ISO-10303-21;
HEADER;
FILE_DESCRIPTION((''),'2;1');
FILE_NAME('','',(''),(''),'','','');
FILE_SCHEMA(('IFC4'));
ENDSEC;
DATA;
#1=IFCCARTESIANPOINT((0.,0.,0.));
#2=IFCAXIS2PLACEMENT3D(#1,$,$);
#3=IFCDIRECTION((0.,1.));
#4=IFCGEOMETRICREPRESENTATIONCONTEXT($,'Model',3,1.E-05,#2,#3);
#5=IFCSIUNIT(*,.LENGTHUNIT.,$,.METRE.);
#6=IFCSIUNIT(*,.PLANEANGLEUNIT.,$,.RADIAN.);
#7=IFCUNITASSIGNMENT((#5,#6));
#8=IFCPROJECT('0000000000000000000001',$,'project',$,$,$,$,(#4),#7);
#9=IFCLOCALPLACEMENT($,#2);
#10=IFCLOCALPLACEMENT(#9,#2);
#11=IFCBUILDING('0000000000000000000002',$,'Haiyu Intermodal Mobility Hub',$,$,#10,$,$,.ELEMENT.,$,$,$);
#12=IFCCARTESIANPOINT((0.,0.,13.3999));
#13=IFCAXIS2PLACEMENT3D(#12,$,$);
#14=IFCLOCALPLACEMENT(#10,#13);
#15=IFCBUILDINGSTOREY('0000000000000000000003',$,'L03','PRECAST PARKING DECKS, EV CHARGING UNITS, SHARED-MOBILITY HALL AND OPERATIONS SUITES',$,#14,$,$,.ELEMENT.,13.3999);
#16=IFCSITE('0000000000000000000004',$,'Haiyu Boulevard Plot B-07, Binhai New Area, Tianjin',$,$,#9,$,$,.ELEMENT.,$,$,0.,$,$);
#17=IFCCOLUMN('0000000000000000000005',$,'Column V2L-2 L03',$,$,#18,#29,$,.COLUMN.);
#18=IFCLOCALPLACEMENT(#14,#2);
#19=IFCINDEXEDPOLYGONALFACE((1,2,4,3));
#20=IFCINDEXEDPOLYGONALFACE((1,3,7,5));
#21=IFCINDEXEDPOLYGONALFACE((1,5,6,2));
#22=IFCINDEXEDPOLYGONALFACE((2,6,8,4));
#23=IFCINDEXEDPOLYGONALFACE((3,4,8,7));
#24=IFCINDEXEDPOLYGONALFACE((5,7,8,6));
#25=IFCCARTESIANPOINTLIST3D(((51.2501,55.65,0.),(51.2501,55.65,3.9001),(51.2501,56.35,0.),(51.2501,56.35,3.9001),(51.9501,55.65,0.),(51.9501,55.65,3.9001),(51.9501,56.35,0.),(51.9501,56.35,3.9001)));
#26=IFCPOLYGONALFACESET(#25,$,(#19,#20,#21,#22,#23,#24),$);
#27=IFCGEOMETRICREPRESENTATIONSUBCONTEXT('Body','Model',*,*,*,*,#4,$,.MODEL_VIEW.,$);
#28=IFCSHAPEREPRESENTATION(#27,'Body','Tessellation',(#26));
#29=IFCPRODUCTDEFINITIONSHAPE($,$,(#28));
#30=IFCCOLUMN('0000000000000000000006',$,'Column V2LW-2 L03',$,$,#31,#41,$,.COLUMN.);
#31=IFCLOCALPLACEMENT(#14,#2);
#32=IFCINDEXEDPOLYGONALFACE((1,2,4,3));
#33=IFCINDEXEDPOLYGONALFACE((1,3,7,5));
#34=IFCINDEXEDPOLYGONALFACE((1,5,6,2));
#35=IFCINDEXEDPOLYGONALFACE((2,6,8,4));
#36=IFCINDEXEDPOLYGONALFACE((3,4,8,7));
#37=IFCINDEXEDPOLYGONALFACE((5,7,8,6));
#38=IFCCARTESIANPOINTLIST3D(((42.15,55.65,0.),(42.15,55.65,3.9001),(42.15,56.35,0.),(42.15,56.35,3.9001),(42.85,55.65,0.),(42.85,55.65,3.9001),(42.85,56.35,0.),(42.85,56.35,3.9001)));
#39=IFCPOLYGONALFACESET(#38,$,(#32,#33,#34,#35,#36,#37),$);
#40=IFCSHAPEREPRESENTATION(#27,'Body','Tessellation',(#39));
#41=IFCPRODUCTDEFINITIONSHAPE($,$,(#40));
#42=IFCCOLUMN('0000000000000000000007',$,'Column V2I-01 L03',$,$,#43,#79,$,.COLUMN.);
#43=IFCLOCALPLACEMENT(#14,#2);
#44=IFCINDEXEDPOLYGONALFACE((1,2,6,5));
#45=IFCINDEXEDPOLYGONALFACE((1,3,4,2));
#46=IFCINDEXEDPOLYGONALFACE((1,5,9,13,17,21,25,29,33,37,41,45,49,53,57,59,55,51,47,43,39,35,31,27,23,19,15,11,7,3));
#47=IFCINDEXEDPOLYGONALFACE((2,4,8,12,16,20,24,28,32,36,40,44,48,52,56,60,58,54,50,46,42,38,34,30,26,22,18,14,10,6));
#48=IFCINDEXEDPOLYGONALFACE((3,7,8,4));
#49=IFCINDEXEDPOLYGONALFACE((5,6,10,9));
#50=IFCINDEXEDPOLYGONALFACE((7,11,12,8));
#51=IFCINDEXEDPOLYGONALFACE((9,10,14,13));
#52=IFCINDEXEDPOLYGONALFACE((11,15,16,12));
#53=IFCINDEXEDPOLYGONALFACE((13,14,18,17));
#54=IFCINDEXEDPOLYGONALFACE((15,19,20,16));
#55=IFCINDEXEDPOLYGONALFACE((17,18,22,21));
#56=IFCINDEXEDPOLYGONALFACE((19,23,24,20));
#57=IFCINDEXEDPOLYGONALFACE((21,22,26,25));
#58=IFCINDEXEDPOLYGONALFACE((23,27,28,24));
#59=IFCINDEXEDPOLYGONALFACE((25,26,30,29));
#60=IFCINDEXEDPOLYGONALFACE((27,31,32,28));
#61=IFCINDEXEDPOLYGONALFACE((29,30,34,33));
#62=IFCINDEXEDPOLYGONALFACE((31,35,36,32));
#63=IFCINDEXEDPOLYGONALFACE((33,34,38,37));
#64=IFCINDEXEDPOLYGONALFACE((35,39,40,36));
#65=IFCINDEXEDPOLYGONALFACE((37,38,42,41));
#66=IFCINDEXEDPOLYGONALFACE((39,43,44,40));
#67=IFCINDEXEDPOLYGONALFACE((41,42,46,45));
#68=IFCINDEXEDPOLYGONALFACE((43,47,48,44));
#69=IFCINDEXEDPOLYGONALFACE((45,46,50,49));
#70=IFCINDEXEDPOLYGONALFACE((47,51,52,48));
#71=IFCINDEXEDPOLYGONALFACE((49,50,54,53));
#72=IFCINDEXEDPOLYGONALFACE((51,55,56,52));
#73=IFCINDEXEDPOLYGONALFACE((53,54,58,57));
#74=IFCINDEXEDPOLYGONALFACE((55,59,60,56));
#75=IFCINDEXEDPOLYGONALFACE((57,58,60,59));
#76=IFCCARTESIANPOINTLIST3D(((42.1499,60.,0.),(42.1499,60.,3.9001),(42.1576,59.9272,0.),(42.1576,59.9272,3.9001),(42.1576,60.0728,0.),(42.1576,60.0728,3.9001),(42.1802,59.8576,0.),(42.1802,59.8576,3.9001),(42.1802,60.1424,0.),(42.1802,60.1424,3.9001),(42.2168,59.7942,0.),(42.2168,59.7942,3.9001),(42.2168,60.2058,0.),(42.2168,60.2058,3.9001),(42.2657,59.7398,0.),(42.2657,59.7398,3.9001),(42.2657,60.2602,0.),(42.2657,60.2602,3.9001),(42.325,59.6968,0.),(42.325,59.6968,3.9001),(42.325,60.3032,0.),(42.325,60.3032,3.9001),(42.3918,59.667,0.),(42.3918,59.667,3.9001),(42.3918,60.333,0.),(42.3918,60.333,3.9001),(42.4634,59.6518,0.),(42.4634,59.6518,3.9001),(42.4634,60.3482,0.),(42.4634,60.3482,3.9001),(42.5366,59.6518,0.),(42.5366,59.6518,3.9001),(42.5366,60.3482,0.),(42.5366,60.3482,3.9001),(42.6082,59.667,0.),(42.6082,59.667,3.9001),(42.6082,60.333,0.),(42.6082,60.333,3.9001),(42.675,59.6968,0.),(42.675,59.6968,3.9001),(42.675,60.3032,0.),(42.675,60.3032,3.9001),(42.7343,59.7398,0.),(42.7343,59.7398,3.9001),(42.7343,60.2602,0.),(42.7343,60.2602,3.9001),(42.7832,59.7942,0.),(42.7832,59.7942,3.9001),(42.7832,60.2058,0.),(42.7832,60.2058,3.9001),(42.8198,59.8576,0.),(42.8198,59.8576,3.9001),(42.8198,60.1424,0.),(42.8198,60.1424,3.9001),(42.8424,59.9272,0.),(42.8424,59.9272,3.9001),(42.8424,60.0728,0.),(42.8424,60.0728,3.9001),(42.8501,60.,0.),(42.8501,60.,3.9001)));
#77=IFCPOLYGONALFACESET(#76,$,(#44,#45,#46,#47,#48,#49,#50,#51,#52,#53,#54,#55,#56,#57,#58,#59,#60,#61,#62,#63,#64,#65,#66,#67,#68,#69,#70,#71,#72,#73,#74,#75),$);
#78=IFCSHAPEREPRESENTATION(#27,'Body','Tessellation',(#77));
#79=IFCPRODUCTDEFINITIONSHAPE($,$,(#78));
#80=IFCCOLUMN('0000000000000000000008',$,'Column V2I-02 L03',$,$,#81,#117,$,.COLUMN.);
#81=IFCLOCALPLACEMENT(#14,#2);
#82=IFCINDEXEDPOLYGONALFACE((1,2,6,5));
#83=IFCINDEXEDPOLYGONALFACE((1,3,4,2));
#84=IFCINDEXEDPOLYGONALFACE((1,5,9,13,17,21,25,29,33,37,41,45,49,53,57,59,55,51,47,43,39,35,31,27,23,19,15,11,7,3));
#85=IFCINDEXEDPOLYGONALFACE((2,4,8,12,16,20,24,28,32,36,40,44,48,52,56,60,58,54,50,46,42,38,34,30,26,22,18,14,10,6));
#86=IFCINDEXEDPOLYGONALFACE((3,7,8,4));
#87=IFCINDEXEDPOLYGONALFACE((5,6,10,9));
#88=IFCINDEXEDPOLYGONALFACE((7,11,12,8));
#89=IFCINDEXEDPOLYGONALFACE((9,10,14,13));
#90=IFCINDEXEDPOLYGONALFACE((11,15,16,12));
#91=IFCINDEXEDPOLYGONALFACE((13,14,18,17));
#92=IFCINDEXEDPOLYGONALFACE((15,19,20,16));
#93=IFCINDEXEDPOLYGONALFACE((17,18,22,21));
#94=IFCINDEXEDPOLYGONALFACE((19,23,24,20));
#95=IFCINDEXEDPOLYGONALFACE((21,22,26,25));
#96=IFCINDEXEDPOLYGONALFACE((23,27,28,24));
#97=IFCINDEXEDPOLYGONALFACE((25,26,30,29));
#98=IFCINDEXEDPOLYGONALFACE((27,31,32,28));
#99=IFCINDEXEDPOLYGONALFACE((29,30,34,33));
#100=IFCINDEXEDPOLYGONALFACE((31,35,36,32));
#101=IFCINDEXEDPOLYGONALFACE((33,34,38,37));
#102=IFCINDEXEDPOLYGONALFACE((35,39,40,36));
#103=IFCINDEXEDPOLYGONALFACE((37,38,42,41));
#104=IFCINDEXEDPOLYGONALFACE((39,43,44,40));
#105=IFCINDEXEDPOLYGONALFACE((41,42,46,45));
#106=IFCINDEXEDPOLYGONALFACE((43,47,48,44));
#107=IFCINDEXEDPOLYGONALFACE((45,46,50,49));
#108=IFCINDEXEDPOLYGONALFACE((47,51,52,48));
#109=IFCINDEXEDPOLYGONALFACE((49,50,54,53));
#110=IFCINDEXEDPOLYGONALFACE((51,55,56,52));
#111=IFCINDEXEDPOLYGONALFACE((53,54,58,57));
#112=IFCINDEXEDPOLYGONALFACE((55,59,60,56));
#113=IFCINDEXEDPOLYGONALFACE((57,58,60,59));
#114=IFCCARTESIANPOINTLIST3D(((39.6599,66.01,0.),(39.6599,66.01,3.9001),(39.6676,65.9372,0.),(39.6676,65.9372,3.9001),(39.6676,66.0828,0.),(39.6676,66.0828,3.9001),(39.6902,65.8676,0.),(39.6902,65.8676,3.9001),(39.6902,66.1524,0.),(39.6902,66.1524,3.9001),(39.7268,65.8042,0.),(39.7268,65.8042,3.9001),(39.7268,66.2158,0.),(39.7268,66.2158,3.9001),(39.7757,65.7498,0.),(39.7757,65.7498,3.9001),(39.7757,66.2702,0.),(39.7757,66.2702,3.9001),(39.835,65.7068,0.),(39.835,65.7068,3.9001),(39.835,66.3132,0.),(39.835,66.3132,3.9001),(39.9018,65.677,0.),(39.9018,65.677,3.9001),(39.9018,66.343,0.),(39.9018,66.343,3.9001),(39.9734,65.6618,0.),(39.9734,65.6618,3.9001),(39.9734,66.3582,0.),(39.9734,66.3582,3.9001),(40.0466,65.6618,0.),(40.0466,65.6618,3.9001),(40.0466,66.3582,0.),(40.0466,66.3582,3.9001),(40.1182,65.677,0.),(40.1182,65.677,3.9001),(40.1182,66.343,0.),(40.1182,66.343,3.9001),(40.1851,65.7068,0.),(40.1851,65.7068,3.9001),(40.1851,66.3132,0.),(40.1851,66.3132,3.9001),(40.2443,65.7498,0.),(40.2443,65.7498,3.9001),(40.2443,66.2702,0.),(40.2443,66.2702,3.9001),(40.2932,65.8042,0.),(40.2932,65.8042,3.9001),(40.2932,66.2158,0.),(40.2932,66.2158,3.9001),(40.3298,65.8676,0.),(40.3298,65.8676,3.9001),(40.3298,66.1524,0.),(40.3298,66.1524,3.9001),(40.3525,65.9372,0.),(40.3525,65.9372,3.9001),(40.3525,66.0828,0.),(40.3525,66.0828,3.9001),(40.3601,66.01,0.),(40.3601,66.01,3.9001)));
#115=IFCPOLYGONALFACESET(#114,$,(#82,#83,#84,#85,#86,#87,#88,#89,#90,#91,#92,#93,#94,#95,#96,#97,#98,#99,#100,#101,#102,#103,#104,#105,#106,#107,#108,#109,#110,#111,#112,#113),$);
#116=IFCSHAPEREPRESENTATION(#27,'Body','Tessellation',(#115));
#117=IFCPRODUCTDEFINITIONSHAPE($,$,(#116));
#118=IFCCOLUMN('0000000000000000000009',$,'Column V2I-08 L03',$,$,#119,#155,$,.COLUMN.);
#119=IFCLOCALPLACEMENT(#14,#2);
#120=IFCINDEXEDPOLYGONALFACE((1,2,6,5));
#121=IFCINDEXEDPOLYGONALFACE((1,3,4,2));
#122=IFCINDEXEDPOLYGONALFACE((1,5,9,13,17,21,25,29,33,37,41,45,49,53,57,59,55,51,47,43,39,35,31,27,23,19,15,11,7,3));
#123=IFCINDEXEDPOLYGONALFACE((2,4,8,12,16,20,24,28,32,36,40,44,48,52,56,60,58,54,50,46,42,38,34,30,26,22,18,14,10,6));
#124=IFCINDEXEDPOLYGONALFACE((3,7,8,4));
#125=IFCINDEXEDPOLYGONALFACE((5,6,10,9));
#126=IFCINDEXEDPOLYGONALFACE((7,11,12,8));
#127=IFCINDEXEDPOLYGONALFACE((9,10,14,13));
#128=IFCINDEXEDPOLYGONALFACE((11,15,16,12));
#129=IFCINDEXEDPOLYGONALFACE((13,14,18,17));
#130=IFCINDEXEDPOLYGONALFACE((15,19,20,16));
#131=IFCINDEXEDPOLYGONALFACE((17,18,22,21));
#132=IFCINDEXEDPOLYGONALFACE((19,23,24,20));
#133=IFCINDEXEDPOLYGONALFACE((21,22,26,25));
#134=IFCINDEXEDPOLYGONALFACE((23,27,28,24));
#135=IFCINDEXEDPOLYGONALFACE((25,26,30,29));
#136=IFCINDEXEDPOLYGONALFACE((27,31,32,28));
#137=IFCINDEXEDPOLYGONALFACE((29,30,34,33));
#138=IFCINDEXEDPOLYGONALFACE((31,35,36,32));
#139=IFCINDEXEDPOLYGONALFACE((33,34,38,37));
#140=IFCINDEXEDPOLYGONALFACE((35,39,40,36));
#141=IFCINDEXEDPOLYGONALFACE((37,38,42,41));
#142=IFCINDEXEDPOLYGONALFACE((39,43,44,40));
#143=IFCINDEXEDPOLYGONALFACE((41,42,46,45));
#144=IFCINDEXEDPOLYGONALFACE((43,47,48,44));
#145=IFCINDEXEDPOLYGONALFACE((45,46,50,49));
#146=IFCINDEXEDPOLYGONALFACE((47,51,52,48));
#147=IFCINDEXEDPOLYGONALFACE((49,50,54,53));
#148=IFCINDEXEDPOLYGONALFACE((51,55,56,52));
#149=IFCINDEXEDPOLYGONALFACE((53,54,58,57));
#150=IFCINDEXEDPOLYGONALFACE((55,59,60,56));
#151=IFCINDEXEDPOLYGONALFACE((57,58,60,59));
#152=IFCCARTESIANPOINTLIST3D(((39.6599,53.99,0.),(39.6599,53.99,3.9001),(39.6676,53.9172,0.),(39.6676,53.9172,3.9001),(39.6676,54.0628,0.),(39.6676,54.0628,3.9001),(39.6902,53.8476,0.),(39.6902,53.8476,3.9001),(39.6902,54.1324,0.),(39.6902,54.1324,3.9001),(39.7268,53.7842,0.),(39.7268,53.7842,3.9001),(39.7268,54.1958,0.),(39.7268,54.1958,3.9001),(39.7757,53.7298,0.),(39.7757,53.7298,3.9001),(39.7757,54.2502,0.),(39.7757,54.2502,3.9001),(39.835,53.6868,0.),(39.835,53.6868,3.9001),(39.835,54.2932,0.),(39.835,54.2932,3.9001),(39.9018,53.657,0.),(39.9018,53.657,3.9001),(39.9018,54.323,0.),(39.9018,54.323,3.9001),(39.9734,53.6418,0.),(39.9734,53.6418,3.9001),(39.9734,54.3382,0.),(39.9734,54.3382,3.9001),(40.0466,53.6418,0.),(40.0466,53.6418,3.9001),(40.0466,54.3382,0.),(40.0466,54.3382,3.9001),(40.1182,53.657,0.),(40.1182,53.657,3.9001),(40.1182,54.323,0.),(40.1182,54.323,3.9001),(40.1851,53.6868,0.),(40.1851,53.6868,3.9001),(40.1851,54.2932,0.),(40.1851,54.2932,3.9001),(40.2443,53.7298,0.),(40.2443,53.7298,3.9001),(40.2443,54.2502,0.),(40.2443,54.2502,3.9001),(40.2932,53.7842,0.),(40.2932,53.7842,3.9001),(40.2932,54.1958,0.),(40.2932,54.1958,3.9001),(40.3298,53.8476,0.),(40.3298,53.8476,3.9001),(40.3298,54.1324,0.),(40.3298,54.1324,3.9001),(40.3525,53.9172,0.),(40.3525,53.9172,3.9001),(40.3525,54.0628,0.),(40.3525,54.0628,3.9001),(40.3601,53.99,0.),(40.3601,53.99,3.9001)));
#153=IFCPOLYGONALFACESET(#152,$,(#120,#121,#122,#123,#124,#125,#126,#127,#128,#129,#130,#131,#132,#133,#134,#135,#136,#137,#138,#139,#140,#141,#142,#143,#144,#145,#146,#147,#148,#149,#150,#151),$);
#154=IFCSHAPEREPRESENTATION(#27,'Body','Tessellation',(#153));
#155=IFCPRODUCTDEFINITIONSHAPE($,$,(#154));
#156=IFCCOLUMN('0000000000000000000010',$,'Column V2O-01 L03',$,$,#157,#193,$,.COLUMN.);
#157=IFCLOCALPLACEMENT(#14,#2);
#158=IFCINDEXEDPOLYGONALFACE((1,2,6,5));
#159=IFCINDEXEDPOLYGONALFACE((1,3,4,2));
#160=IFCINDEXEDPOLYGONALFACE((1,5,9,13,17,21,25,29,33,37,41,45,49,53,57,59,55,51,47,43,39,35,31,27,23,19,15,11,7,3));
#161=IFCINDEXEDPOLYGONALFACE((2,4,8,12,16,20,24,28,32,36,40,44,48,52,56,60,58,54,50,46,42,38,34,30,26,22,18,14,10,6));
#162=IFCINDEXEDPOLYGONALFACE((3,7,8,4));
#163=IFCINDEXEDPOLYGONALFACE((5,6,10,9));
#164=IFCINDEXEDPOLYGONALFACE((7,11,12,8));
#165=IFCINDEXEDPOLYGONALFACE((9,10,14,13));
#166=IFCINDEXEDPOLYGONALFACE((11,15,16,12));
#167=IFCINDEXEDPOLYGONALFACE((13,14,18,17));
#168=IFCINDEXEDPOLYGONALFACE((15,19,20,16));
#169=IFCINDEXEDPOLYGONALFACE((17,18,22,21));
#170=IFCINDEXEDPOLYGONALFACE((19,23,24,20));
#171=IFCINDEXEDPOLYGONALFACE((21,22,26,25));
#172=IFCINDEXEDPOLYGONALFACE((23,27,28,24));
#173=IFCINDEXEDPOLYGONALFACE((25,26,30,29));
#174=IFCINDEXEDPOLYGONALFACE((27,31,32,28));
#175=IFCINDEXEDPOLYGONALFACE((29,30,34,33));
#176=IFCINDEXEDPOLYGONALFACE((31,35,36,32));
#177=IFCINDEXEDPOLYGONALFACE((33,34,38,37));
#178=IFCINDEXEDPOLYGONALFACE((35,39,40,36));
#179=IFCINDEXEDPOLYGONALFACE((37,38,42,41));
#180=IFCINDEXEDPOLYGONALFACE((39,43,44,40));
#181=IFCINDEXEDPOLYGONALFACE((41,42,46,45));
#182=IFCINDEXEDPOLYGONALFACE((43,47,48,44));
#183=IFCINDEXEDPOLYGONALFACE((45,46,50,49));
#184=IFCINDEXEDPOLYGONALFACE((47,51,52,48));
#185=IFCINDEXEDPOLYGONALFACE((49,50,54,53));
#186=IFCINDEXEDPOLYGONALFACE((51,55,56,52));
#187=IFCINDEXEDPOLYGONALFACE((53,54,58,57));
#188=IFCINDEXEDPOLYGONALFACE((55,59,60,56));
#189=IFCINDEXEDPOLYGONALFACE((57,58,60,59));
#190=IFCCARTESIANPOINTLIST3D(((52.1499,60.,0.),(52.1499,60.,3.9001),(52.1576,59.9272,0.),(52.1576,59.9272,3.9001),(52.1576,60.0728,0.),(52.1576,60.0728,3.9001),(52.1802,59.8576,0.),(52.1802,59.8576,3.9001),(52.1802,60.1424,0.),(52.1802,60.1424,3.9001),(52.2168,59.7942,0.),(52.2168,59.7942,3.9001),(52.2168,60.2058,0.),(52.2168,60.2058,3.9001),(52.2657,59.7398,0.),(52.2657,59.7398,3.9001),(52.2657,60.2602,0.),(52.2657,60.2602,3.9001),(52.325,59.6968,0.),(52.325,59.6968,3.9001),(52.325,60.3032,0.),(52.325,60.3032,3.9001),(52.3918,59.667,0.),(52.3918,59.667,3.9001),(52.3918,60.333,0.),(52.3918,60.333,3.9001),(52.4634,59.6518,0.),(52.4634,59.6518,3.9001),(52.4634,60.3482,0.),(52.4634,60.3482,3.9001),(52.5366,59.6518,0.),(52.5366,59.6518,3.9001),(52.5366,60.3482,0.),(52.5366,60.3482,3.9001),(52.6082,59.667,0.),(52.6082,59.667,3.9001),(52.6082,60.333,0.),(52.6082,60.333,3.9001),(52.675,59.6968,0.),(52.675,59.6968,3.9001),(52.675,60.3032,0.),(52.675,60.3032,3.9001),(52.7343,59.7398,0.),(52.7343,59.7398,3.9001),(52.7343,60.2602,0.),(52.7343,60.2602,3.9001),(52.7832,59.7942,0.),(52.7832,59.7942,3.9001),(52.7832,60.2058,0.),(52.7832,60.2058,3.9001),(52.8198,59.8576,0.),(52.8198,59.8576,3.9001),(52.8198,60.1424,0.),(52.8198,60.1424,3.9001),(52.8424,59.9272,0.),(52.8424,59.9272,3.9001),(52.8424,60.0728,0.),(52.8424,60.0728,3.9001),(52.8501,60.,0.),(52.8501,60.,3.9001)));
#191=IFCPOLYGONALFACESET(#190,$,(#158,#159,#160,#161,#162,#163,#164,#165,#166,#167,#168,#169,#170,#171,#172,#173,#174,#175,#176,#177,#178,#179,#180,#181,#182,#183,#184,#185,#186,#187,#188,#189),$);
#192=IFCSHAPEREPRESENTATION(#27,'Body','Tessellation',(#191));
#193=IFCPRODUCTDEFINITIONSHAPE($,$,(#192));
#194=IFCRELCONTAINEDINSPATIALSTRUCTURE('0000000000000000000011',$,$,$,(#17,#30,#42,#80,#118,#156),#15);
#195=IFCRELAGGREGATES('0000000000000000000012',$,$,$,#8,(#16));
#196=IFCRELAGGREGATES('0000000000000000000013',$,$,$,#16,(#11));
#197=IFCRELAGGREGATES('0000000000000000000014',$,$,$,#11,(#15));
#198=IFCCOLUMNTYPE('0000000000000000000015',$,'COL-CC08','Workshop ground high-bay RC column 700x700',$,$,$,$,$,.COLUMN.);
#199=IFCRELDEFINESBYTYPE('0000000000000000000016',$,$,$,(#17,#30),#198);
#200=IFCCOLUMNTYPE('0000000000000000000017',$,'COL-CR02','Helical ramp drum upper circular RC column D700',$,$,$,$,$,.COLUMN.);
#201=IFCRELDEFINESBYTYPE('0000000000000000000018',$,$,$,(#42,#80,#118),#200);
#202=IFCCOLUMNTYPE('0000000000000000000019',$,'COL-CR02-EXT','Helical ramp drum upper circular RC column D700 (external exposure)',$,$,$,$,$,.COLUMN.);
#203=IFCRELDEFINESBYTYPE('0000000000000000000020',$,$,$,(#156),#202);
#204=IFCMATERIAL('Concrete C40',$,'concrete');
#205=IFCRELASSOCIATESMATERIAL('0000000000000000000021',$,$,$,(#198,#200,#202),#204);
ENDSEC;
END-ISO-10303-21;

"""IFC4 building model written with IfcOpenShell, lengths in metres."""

from ifc_helpers import new_model, si_unit, direction, frame, origin, origin_2d, place, context, subcontext, project, spatial, rectangle, circle, extrude, material, material_profile, profile_set, type_object, element, save


model = new_model("IFC4")

# Units and contexts
model_context = context("Model", 3, precision=1e-05, world=origin(), true_north=direction((0.0, 1.0)))
body_context = subcontext(model_context, "Body", "Model", "MODEL_VIEW")
ifc_project = project(units=[si_unit("LENGTHUNIT", "METRE"), si_unit("PLANEANGLEUNIT", "RADIAN")], contexts=[model_context])

# Site, building, storey
site_placement = place(None, origin())
site = spatial("IfcSite", under=ifc_project, at=site_placement, Name="Haiyu Boulevard Plot B-07, Binhai New Area, Tianjin", CompositionType="ELEMENT", RefElevation=0.0)
building_placement = place(site_placement, origin())
building = spatial("IfcBuilding", under=site, at=building_placement, Name="Haiyu Intermodal Mobility Hub", CompositionType="ELEMENT")
storey_placement = place(building_placement, frame((0.0, 0.0, 13.3999)))
storey = spatial("IfcBuildingStorey", under=building, at=storey_placement, Name="L03", Description="PRECAST PARKING DECKS, EV CHARGING UNITS, SHARED-MOBILITY HALL AND OPERATIONS SUITES", CompositionType="ELEMENT", Elevation=13.3999)

# Columns
ifc_material_1 = material(Name="Concrete C40", Category="concrete")
ifc_material_profile_1 = material_profile(ifc_material_1, rectangle(XDim=0.7, YDim=0.7, at=origin_2d()), Name="RC700x700")
ifc_profile_set_1 = profile_set([ifc_material_profile_1], Name="Concrete C40")
column_type_1 = type_object("IfcColumnType", Name="COL-CC08", Description="Workshop ground high-bay RC column 700x700", PredefinedType="COLUMN", material=ifc_profile_set_1)
for number, where, z_axis, x_axis, name in (
    (1, (51.6001, 56.0, 0.0), (0.0, 0.0, 1.0), (1.0, 0.0, 0.0), "Column V2L-2 L03"),
    (2, (42.5, 56.0, 0.0), (0.0, 0.0, 1.0), (1.0, 0.0, 0.0), "Column V2LW-2 L03"),
):
    element("IfcColumn", number, at=place(storey_placement, frame(where, z_axis=z_axis, x_axis=x_axis)), inside=storey, type_object=column_type_1, Name=name, PredefinedType="COLUMN", context=body_context, shape_type="SweptSolid", body=[
        extrude(rectangle(XDim=0.7, YDim=0.7, at=origin_2d()), origin(), (0.0, 0.0, 1.0), 3.9001),
    ])
ifc_material_profile_2 = material_profile(ifc_material_1, circle(Radius=0.3501, at=origin_2d()), Name="RCCOL-D700")
ifc_profile_set_2 = profile_set([ifc_material_profile_2], Name="Concrete C40")
column_type_2 = type_object("IfcColumnType", Name="COL-CR02", Description="Helical ramp drum upper circular RC column D700", PredefinedType="COLUMN", material=ifc_profile_set_2)
for number, where, z_axis, x_axis, name in (
    (3, (42.5, 60.0, 0.0), (0.0, 0.0, 1.0), (1.0, 0.0, 0.0), "Column V2I-01 L03"),
    (4, (40.01, 66.01, 0.0), (0.0, 0.0, 1.0), (1.0, 0.0, 0.0), "Column V2I-02 L03"),
    (5, (40.01, 53.99, 0.0), (0.0, 0.0, 1.0), (1.0, 0.0, 0.0), "Column V2I-08 L03"),
):
    element("IfcColumn", number, at=place(storey_placement, frame(where, z_axis=z_axis, x_axis=x_axis)), inside=storey, type_object=column_type_2, Name=name, PredefinedType="COLUMN", context=body_context, shape_type="SweptSolid", body=[
        extrude(circle(Radius=0.3501, at=origin_2d()), origin(), (0.0, 0.0, 1.0), 3.9001),
    ])
ifc_material_profile_3 = material_profile(ifc_material_1, circle(Radius=0.3501, at=origin_2d()), Name="RCCOL-D700")
ifc_profile_set_3 = profile_set([ifc_material_profile_3], Name="Concrete C40")
column_type_3 = type_object("IfcColumnType", Name="COL-CR02-EXT", Description="Helical ramp drum upper circular RC column D700 (external exposure)", PredefinedType="COLUMN", material=ifc_profile_set_3)
for number, where, z_axis, x_axis, name in (
    (6, (52.5, 60.0, 0.0), (0.0, 0.0, 1.0), (1.0, 0.0, 0.0), "Column V2O-01 L03"),
):
    element("IfcColumn", number, at=place(storey_placement, frame(where, z_axis=z_axis, x_axis=x_axis)), inside=storey, type_object=column_type_3, Name=name, PredefinedType="COLUMN", context=body_context, shape_type="SweptSolid", body=[
        extrude(circle(Radius=0.3501, at=origin_2d()), origin(), (0.0, 0.0, 1.0), 3.9001),
    ])

save(model, "model.ifc")
